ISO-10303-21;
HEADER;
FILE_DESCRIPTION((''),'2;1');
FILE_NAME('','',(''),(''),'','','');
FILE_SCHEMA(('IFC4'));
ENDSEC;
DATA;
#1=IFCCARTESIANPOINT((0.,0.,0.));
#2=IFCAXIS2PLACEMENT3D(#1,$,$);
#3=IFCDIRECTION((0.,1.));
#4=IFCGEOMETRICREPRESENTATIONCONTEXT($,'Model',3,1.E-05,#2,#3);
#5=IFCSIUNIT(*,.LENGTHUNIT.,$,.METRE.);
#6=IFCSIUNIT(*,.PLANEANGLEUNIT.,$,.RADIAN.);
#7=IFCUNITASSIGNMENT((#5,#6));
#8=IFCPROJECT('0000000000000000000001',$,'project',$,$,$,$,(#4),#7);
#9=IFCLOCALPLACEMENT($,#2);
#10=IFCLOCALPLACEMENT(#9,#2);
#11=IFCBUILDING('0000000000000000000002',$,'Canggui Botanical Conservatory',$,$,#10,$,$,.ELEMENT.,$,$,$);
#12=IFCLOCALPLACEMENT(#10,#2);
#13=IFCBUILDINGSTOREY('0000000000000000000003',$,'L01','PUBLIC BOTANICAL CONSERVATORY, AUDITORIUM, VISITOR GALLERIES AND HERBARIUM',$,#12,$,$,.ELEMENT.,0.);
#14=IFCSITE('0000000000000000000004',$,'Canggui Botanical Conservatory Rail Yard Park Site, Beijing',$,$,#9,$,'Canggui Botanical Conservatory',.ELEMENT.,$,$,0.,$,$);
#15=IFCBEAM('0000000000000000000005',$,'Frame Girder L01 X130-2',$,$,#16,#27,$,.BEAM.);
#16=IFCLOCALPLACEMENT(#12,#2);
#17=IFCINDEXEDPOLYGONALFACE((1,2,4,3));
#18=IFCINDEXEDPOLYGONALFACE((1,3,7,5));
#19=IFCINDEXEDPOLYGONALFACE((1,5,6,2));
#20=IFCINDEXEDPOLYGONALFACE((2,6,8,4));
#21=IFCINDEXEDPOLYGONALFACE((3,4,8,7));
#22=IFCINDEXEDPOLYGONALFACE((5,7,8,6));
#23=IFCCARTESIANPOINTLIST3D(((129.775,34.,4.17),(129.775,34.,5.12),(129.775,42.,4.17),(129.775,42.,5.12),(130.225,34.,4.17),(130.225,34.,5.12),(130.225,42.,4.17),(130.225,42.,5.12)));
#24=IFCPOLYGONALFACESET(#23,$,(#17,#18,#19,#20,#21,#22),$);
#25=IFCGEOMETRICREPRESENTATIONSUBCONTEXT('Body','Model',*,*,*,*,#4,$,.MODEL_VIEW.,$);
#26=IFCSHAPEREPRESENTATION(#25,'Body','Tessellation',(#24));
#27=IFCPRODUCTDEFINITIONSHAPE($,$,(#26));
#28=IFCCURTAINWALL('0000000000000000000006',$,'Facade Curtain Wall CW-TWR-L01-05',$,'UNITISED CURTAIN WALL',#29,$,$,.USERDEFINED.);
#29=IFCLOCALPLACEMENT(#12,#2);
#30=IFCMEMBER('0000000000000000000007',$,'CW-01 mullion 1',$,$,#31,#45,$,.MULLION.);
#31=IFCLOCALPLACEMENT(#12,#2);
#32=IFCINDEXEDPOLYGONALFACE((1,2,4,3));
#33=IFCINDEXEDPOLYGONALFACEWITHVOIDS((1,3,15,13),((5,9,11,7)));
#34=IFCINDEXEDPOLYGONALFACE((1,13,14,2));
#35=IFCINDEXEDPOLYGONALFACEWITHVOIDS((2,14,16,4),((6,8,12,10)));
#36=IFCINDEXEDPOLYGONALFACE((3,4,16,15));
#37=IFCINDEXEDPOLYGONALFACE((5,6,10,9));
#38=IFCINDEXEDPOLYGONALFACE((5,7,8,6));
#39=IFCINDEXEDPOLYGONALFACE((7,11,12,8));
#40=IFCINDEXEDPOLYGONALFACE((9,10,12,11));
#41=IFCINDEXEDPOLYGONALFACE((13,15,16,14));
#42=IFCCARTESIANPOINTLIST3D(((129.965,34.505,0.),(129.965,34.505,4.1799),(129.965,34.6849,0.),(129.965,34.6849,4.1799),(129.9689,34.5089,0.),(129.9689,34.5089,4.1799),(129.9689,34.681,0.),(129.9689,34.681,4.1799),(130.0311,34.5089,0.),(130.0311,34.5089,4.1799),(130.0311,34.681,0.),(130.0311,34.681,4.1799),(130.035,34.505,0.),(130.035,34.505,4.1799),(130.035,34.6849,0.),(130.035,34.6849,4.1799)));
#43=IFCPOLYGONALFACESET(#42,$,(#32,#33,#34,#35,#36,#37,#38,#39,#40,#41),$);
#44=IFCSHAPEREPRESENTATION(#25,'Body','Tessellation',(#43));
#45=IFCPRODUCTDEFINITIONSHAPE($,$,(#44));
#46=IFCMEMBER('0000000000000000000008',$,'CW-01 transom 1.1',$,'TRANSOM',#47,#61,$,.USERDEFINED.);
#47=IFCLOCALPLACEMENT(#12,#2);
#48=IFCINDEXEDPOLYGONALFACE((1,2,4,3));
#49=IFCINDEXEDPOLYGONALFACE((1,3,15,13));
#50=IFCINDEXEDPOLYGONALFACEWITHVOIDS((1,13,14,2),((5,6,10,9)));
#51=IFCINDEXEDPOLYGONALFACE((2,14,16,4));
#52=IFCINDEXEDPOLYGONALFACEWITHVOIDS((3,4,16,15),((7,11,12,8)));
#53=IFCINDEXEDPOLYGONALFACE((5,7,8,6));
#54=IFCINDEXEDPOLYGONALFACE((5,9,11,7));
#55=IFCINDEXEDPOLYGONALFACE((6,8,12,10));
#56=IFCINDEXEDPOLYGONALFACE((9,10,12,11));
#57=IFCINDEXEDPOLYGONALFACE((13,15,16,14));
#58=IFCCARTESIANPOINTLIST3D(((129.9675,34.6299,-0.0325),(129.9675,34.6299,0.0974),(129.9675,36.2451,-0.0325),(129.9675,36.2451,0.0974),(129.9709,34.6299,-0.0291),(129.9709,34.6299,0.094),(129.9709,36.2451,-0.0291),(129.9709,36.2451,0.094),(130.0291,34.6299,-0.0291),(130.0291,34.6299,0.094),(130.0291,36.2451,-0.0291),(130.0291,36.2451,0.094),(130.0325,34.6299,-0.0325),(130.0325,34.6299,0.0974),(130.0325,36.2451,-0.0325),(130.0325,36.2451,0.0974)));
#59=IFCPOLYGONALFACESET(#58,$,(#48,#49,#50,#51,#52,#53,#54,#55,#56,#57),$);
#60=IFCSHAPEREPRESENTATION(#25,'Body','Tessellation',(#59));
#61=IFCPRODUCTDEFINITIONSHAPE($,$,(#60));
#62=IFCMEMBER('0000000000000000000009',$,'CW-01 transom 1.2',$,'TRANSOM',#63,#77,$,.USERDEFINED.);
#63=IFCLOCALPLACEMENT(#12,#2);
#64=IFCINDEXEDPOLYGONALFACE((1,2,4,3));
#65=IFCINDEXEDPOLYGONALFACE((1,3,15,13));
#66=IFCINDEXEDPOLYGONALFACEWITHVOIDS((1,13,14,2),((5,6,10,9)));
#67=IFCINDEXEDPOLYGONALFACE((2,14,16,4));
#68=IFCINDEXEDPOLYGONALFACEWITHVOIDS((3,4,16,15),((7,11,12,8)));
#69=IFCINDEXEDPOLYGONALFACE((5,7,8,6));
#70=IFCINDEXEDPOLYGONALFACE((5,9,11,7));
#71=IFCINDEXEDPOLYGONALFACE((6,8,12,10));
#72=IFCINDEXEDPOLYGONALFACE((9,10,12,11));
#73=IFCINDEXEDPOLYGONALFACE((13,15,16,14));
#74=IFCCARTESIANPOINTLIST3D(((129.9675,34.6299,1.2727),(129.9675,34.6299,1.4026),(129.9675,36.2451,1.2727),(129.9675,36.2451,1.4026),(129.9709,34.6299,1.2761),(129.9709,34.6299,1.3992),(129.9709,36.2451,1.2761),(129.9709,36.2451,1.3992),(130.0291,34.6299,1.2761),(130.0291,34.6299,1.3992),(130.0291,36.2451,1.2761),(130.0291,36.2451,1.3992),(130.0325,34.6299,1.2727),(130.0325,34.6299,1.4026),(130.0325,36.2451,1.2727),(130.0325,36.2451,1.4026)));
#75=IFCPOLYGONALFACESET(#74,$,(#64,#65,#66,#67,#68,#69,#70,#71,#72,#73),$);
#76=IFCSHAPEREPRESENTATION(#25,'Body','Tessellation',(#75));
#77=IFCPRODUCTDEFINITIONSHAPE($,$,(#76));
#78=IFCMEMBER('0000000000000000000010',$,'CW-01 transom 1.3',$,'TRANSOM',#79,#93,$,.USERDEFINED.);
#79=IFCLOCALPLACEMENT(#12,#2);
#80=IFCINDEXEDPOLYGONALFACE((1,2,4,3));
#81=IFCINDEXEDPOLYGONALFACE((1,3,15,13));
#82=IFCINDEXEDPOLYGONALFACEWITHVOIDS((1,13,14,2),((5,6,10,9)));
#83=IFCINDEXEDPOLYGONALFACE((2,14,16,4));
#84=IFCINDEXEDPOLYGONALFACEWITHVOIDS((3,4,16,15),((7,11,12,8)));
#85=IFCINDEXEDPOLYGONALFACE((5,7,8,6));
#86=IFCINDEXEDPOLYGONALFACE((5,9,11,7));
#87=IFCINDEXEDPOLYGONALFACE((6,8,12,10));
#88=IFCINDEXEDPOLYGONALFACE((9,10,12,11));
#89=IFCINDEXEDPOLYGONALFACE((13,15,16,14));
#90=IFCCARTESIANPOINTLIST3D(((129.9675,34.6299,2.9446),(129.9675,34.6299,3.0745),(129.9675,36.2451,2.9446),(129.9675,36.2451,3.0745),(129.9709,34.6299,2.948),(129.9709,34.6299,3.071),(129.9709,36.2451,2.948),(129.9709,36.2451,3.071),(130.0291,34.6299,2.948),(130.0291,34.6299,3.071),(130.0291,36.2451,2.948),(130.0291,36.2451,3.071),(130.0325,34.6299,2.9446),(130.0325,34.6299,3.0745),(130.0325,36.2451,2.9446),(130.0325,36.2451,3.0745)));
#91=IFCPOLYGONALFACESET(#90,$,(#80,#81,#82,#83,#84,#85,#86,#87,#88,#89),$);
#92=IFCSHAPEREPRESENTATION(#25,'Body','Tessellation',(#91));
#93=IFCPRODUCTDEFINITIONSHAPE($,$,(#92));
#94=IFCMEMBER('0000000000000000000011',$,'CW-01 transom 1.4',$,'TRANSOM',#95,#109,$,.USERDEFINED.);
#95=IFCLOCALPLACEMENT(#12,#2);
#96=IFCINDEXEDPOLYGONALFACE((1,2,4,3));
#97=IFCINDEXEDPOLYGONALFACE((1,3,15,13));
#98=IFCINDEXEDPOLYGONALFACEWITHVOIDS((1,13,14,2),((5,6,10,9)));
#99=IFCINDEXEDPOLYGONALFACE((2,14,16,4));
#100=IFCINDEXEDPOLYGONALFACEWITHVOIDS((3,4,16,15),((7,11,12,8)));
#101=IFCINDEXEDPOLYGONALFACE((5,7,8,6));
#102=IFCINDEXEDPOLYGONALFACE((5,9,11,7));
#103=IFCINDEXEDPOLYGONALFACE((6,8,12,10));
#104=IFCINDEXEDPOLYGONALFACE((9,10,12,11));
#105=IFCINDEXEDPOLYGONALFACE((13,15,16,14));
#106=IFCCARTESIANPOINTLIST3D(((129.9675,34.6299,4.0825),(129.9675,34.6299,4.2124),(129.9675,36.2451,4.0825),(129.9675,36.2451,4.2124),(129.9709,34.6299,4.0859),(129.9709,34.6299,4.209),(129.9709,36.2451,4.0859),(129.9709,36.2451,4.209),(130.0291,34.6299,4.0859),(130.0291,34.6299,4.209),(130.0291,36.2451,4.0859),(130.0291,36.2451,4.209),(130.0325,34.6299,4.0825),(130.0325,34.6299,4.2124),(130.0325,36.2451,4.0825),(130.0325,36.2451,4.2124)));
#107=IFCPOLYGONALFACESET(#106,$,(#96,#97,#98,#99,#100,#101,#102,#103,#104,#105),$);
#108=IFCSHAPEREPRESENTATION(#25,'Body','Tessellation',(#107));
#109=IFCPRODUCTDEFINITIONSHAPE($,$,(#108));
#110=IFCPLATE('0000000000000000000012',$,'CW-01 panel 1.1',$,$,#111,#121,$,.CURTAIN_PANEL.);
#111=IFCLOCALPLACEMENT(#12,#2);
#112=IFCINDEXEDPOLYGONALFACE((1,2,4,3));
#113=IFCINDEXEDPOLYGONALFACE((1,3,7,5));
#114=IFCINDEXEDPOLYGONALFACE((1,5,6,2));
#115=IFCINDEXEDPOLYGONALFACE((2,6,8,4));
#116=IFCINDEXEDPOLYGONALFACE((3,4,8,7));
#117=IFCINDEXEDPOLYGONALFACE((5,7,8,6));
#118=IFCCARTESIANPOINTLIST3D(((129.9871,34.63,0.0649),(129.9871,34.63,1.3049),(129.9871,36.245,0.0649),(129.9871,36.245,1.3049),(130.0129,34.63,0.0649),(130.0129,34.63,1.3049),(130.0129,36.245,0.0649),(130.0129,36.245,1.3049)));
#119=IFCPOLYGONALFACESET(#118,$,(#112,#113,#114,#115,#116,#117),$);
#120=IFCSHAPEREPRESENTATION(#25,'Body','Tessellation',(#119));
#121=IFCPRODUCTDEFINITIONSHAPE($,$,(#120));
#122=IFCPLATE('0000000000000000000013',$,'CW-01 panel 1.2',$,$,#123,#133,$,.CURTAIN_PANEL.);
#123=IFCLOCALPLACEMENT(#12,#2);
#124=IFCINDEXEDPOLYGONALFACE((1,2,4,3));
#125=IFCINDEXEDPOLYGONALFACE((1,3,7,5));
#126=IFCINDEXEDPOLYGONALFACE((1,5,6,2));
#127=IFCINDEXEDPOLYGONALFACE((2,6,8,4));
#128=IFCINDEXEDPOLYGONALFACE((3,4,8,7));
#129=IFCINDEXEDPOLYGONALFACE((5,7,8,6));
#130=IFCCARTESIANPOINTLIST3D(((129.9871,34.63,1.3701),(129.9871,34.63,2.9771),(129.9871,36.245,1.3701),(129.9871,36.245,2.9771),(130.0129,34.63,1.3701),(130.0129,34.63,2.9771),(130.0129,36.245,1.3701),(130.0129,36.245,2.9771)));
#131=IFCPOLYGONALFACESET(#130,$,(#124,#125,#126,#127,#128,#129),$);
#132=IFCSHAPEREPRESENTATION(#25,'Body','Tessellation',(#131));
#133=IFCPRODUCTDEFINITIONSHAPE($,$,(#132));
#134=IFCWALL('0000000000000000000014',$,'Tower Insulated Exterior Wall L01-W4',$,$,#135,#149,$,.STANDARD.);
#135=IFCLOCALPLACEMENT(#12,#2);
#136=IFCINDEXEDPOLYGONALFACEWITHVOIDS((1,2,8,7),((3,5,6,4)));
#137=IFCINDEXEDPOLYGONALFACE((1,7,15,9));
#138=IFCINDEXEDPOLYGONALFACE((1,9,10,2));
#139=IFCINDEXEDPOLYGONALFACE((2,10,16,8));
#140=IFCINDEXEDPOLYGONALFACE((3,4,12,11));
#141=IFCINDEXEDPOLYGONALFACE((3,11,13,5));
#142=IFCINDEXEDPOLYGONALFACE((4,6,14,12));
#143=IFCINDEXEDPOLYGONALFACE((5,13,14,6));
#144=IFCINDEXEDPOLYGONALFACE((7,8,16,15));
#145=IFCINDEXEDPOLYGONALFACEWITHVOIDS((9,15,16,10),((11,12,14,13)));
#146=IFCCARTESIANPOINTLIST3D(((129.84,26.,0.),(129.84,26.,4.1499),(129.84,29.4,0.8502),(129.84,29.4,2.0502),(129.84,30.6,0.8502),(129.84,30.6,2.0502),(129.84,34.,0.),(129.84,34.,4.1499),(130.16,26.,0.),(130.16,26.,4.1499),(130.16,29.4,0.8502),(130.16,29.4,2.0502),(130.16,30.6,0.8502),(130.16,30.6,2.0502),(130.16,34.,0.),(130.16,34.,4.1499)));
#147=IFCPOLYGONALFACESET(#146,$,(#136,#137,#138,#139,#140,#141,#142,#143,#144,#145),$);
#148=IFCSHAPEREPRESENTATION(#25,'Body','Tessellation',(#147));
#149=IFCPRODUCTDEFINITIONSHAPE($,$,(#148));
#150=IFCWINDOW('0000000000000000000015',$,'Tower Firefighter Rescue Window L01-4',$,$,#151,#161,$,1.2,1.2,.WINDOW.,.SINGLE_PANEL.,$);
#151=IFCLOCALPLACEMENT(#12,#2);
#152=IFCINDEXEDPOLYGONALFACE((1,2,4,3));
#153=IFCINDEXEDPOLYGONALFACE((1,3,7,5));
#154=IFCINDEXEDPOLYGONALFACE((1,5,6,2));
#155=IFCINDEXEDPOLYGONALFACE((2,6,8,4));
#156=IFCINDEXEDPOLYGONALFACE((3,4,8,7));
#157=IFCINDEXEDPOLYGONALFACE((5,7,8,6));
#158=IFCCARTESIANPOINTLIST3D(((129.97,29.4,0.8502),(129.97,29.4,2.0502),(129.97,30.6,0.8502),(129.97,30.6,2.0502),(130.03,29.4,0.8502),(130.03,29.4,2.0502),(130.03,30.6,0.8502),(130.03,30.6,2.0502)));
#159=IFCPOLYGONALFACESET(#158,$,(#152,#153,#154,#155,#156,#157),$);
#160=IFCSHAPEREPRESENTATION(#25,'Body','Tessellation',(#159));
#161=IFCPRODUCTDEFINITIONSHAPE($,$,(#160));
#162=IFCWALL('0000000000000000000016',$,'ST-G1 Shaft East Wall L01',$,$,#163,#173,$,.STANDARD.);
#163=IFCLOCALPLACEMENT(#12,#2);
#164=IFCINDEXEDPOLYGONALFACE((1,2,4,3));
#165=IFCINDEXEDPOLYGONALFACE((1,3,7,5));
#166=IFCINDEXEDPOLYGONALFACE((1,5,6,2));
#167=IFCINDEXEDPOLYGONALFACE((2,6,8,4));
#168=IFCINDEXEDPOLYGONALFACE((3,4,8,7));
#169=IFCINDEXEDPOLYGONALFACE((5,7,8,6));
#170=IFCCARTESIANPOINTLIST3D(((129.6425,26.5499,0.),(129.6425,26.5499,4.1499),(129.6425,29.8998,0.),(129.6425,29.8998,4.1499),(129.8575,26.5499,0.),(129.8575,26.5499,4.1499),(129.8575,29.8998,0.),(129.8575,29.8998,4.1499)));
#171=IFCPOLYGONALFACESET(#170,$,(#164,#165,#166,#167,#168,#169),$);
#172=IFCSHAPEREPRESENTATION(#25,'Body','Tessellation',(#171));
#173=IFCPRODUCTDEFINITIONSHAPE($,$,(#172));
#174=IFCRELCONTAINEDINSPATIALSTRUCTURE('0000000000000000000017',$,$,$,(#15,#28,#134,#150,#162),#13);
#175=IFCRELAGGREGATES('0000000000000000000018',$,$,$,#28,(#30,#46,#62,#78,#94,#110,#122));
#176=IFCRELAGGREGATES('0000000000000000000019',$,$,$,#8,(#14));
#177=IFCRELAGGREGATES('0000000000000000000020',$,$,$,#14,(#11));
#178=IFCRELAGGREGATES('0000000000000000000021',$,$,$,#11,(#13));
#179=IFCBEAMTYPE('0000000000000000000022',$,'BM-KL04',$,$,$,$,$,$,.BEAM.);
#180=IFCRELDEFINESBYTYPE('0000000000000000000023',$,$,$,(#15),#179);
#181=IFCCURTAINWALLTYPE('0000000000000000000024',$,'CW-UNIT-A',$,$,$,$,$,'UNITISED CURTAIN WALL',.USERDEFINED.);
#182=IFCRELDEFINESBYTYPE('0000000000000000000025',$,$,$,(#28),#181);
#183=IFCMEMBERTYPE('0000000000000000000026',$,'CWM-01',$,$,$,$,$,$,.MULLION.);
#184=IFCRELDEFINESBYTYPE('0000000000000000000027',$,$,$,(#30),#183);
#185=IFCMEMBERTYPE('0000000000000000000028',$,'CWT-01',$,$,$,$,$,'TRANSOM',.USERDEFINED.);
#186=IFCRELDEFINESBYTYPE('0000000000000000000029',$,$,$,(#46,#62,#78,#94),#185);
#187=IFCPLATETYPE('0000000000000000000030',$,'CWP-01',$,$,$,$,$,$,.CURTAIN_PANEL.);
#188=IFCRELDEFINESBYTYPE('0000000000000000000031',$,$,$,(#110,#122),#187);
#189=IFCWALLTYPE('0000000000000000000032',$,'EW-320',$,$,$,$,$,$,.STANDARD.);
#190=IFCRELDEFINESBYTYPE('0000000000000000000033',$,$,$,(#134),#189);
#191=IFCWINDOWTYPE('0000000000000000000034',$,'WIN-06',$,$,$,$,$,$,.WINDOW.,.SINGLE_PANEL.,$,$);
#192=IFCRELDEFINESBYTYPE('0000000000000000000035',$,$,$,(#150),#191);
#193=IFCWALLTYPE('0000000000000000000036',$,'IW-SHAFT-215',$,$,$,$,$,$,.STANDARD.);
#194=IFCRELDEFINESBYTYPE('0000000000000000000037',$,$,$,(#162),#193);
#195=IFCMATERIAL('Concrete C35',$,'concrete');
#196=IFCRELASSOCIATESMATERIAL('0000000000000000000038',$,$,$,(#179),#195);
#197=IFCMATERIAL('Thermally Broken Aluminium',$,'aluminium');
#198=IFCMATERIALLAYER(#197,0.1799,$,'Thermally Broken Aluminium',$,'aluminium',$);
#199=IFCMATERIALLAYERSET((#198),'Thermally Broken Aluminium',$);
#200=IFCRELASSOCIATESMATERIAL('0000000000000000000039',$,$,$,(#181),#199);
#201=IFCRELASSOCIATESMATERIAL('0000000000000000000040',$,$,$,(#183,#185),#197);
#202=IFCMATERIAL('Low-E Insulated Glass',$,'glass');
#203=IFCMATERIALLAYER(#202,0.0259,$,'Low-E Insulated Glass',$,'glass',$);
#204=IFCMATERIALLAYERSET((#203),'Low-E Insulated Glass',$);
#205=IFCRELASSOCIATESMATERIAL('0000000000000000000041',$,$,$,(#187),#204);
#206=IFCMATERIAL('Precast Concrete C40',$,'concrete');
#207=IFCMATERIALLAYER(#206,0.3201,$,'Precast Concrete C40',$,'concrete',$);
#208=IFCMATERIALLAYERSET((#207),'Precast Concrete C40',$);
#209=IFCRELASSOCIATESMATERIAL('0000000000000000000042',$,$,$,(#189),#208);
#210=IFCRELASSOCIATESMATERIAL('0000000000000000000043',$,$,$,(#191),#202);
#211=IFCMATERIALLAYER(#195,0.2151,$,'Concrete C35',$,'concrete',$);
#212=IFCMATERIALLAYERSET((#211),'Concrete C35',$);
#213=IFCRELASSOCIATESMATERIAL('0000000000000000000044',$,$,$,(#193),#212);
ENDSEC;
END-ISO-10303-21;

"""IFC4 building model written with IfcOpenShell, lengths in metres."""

from ifc_helpers import new_model, si_unit, direction, frame, frame_2d, origin, origin_2d, place, context, subcontext, project, spatial, rectangle, hollow_rectangle, extrude, material, layer, layer_set, material_profile, profile_set, type_object, element, fill, aggregate, save


model = new_model("IFC4")

# Units and contexts
model_context = context("Model", 3, precision=1e-05, world=origin(), true_north=direction((0.0, 1.0)))
body_context = subcontext(model_context, "Body", "Model", "MODEL_VIEW")
ifc_project = project(units=[si_unit("LENGTHUNIT", "METRE"), si_unit("PLANEANGLEUNIT", "RADIAN")], contexts=[model_context])

# Site, building, storey
site_placement = place(None, origin())
site = spatial("IfcSite", under=ifc_project, at=site_placement, Name="Canggui Botanical Conservatory Rail Yard Park Site, Beijing", LongName="Canggui Botanical Conservatory", CompositionType="ELEMENT", RefElevation=0.0)
building_placement = place(site_placement, origin())
building = spatial("IfcBuilding", under=site, at=building_placement, Name="Canggui Botanical Conservatory", CompositionType="ELEMENT")
storey_placement = place(building_placement, origin())
storey = spatial("IfcBuildingStorey", under=building, at=storey_placement, Name="L01", Description="PUBLIC BOTANICAL CONSERVATORY, AUDITORIUM, VISITOR GALLERIES AND HERBARIUM", CompositionType="ELEMENT", Elevation=0.0)

# Beam
ifc_material_1 = material(Name="Concrete C35", Category="concrete")
ifc_material_profile_1 = material_profile(ifc_material_1, rectangle(XDim=0.45, YDim=0.95, at=origin_2d()), Name="RB 450x950")
ifc_profile_set_1 = profile_set([ifc_material_profile_1], Name="Concrete C35")
beam_type_1 = type_object("IfcBeamType", Name="BM-KL04", PredefinedType="BEAM", material=ifc_profile_set_1)
for number, where, z_axis, x_axis, name in (
    (1, (130.0, 34.0, 4.645), (0.0, 1.0, 0.0), (-1.0, 0.0, 0.0), "Frame Girder L01 X130-2"),
):
    element("IfcBeam", number, at=place(storey_placement, frame(where, z_axis=z_axis, x_axis=x_axis)), inside=storey, type_object=beam_type_1, Name=name, PredefinedType="BEAM", context=body_context, shape_type="SweptSolid", body=[
        extrude(rectangle(XDim=0.45, YDim=0.95, at=origin_2d()), origin(), (0.0, 0.0, 1.0), 8.0),
    ])

# Curtain wall, members, plates
ifc_material_2 = material(Name="Thermally Broken Aluminium", Category="aluminium")
ifc_layer_1 = layer(ifc_material_2, 0.1799, Name="Thermally Broken Aluminium", Category="aluminium")
ifc_layer_set_1 = layer_set([ifc_layer_1], Name="Thermally Broken Aluminium")
curtain_wall_type = type_object("IfcCurtainWallType", Name="CW-UNIT-A", ElementType="UNITISED CURTAIN WALL", PredefinedType="USERDEFINED", material=ifc_layer_set_1)
curtain_wall_placement = place(storey_placement, origin())
curtain_wall = element("IfcCurtainWall", 2, at=curtain_wall_placement, inside=storey, type_object=curtain_wall_type, Name="Facade Curtain Wall CW-TWR-L01-05", ObjectType="UNITISED CURTAIN WALL", PredefinedType="USERDEFINED")
ifc_material_profile_2 = material_profile(ifc_material_2, hollow_rectangle(XDim=0.0701, YDim=0.1799, WallThickness=0.0039, at=origin_2d()), Name="CWM 70x180x4")
ifc_profile_set_2 = profile_set([ifc_material_profile_2], Name="Thermally Broken Aluminium")
member_type_1 = type_object("IfcMemberType", Name="CWM-01", PredefinedType="MULLION", material=ifc_profile_set_2)
member_1_placement = place(storey_placement, frame((130.0, 34.595, 0.0), z_axis=(0.0, 0.0, 1.0), x_axis=(-1.0, 0.0, 0.0)))
member_1 = element("IfcMember", 3, at=member_1_placement, type_object=member_type_1, Name="CW-01 mullion 1", PredefinedType="MULLION", context=body_context, shape_type="SweptSolid", body=[
    extrude(hollow_rectangle(XDim=0.0701, YDim=0.1799, WallThickness=0.0039, at=origin_2d()), origin(), (0.0, 0.0, 1.0), 4.1799),
])
ifc_material_profile_3 = material_profile(ifc_material_2, hollow_rectangle(XDim=0.0649, YDim=0.1299, WallThickness=0.0034, at=origin_2d()), Name="CWT 65x130x3.5")
ifc_profile_set_3 = profile_set([ifc_material_profile_3], Name="Thermally Broken Aluminium")
member_type_2 = type_object("IfcMemberType", Name="CWT-01", ElementType="TRANSOM", PredefinedType="USERDEFINED", material=ifc_profile_set_3)
member_2_placement = place(storey_placement, frame((130.0, 34.6299, 0.0325), z_axis=(0.0, 1.0, 0.0), x_axis=(-1.0, 0.0, 0.0)))
member_2 = element("IfcMember", 4, at=member_2_placement, type_object=member_type_2, Name="CW-01 transom 1.1", ObjectType="TRANSOM", PredefinedType="USERDEFINED", context=body_context, shape_type="SweptSolid", body=[
    extrude(hollow_rectangle(XDim=0.0649, YDim=0.1299, WallThickness=0.0034, at=origin_2d()), origin(), (0.0, 0.0, 1.0), 1.6152),
])
member_3_placement = place(storey_placement, frame((130.0, 34.6299, 1.3376), z_axis=(0.0, 1.0, 0.0), x_axis=(-1.0, 0.0, 0.0)))
member_3 = element("IfcMember", 5, at=member_3_placement, type_object=member_type_2, Name="CW-01 transom 1.2", ObjectType="TRANSOM", PredefinedType="USERDEFINED", context=body_context, shape_type="SweptSolid", body=[
    extrude(hollow_rectangle(XDim=0.0649, YDim=0.1299, WallThickness=0.0034, at=origin_2d()), origin(), (0.0, 0.0, 1.0), 1.6152),
])
member_4_placement = place(storey_placement, frame((130.0, 34.6299, 3.0095), z_axis=(0.0, 1.0, 0.0), x_axis=(-1.0, 0.0, 0.0)))
member_4 = element("IfcMember", 6, at=member_4_placement, type_object=member_type_2, Name="CW-01 transom 1.3", ObjectType="TRANSOM", PredefinedType="USERDEFINED", context=body_context, shape_type="SweptSolid", body=[
    extrude(hollow_rectangle(XDim=0.0649, YDim=0.1299, WallThickness=0.0034, at=origin_2d()), origin(), (0.0, 0.0, 1.0), 1.6152),
])
member_5_placement = place(storey_placement, frame((130.0, 34.6299, 4.1475), z_axis=(0.0, 1.0, 0.0), x_axis=(-1.0, 0.0, 0.0)))
member_5 = element("IfcMember", 7, at=member_5_placement, type_object=member_type_2, Name="CW-01 transom 1.4", ObjectType="TRANSOM", PredefinedType="USERDEFINED", context=body_context, shape_type="SweptSolid", body=[
    extrude(hollow_rectangle(XDim=0.0649, YDim=0.1299, WallThickness=0.0034, at=origin_2d()), origin(), (0.0, 0.0, 1.0), 1.6152),
])
ifc_material_3 = material(Name="Low-E Insulated Glass", Category="glass")
ifc_layer_2 = layer(ifc_material_3, 0.0259, Name="Low-E Insulated Glass", Category="glass")
ifc_layer_set_2 = layer_set([ifc_layer_2], Name="Low-E Insulated Glass")
plate_type = type_object("IfcPlateType", Name="CWP-01", PredefinedType="CURTAIN_PANEL", material=ifc_layer_set_2)
plate_1_placement = place(storey_placement, frame((130.0, 35.4375, 0.0649), z_axis=(0.0, 0.0, 1.0), x_axis=(0.0, 1.0, 0.0)))
plate_1 = element("IfcPlate", 8, at=plate_1_placement, type_object=plate_type, Name="CW-01 panel 1.1", PredefinedType="CURTAIN_PANEL", context=body_context, shape_type="SweptSolid", body=[
    extrude(rectangle(XDim=1.615, YDim=0.0259, at=origin_2d()), origin(), (0.0, 0.0, 1.0), 1.24),
])
plate_2_placement = place(storey_placement, frame((130.0, 35.4375, 1.3701), z_axis=(0.0, 0.0, 1.0), x_axis=(0.0, 1.0, 0.0)))
plate_2 = element("IfcPlate", 9, at=plate_2_placement, type_object=plate_type, Name="CW-01 panel 1.2", PredefinedType="CURTAIN_PANEL", context=body_context, shape_type="SweptSolid", body=[
    extrude(rectangle(XDim=1.615, YDim=0.0259, at=origin_2d()), origin(), (0.0, 0.0, 1.0), 1.6069),
])
aggregate(curtain_wall, [member_1, member_2, member_3, member_4, member_5, plate_1, plate_2])

# Wall, opening, window
ifc_material_4 = material(Name="Precast Concrete C40", Category="concrete")
ifc_layer_3 = layer(ifc_material_4, 0.3201, Name="Precast Concrete C40", Category="concrete")
ifc_layer_set_3 = layer_set([ifc_layer_3], Name="Precast Concrete C40")
wall_type_1 = type_object("IfcWallType", Name="EW-320", PredefinedType="STANDARD", material=ifc_layer_set_3)
wall_1_placement = place(storey_placement, frame((130.0, 26.0, 0.0), z_axis=(0.0, 0.0, 1.0), x_axis=(0.0, 1.0, 0.0)))
wall_1 = element("IfcWall", 10, at=wall_1_placement, inside=storey, type_object=wall_type_1, Name="Tower Insulated Exterior Wall L01-W4", PredefinedType="STANDARD", context=body_context, shape_type="SweptSolid", body=[
    extrude(rectangle(XDim=8.0, YDim=0.3201, at=frame_2d((4.0, 0.0))), origin(), (0.0, 0.0, 1.0), 4.1499),
])
opening_placement = place(wall_1_placement, frame((3.3999, 0.0, 0.8501)))
opening = element("IfcOpeningElement", 11, at=opening_placement, cuts=wall_1, PredefinedType="OPENING", context=body_context, shape_type="SweptSolid", body=[
    extrude(rectangle(XDim=1.2, YDim=1.2, at=frame_2d((0.6001, 0.6001))), frame((0.0, 0.1699, 0.0), z_axis=(0.0, -1.0, 0.0), x_axis=(1.0, 0.0, 0.0)), (0.0, 0.0, 1.0), 0.3401),
])
window_type = type_object("IfcWindowType", Name="WIN-06", PartitioningType="SINGLE_PANEL", PredefinedType="WINDOW", material=ifc_material_3)
window_placement = place(opening_placement, origin())
window = element("IfcWindow", 12, at=window_placement, inside=storey, type_object=window_type, Name="Tower Firefighter Rescue Window L01-4", OverallHeight=1.2, OverallWidth=1.2, PartitioningType="SINGLE_PANEL", PredefinedType="WINDOW", context=body_context, shape_type="SweptSolid", body=[
    extrude(rectangle(XDim=1.2, YDim=1.2, at=frame_2d((0.6001, 0.6001))), frame((0.0, 0.03, 0.0), z_axis=(0.0, -1.0, 0.0), x_axis=(1.0, 0.0, 0.0)), (0.0, 0.0, 1.0), 0.0601),
])
fill(opening, window)

# Wall
ifc_layer_4 = layer(ifc_material_1, 0.2151, Name="Concrete C35", Category="concrete")
ifc_layer_set_4 = layer_set([ifc_layer_4], Name="Concrete C35")
wall_type_2 = type_object("IfcWallType", Name="IW-SHAFT-215", PredefinedType="STANDARD", material=ifc_layer_set_4)
wall_2_placement = place(storey_placement, frame((129.75, 26.55, 0.0), z_axis=(0.0, 0.0, 1.0), x_axis=(0.0, 1.0, 0.0)))
element("IfcWall", 13, at=wall_2_placement, inside=storey, type_object=wall_type_2, Name="ST-G1 Shaft East Wall L01", PredefinedType="STANDARD", context=body_context, shape_type="SweptSolid", body=[
    extrude(rectangle(XDim=3.3499, YDim=0.2151, at=frame_2d((1.6748, 0.0))), origin(), (0.0, 0.0, 1.0), 4.1499),
])

save(model, "model.ifc")
